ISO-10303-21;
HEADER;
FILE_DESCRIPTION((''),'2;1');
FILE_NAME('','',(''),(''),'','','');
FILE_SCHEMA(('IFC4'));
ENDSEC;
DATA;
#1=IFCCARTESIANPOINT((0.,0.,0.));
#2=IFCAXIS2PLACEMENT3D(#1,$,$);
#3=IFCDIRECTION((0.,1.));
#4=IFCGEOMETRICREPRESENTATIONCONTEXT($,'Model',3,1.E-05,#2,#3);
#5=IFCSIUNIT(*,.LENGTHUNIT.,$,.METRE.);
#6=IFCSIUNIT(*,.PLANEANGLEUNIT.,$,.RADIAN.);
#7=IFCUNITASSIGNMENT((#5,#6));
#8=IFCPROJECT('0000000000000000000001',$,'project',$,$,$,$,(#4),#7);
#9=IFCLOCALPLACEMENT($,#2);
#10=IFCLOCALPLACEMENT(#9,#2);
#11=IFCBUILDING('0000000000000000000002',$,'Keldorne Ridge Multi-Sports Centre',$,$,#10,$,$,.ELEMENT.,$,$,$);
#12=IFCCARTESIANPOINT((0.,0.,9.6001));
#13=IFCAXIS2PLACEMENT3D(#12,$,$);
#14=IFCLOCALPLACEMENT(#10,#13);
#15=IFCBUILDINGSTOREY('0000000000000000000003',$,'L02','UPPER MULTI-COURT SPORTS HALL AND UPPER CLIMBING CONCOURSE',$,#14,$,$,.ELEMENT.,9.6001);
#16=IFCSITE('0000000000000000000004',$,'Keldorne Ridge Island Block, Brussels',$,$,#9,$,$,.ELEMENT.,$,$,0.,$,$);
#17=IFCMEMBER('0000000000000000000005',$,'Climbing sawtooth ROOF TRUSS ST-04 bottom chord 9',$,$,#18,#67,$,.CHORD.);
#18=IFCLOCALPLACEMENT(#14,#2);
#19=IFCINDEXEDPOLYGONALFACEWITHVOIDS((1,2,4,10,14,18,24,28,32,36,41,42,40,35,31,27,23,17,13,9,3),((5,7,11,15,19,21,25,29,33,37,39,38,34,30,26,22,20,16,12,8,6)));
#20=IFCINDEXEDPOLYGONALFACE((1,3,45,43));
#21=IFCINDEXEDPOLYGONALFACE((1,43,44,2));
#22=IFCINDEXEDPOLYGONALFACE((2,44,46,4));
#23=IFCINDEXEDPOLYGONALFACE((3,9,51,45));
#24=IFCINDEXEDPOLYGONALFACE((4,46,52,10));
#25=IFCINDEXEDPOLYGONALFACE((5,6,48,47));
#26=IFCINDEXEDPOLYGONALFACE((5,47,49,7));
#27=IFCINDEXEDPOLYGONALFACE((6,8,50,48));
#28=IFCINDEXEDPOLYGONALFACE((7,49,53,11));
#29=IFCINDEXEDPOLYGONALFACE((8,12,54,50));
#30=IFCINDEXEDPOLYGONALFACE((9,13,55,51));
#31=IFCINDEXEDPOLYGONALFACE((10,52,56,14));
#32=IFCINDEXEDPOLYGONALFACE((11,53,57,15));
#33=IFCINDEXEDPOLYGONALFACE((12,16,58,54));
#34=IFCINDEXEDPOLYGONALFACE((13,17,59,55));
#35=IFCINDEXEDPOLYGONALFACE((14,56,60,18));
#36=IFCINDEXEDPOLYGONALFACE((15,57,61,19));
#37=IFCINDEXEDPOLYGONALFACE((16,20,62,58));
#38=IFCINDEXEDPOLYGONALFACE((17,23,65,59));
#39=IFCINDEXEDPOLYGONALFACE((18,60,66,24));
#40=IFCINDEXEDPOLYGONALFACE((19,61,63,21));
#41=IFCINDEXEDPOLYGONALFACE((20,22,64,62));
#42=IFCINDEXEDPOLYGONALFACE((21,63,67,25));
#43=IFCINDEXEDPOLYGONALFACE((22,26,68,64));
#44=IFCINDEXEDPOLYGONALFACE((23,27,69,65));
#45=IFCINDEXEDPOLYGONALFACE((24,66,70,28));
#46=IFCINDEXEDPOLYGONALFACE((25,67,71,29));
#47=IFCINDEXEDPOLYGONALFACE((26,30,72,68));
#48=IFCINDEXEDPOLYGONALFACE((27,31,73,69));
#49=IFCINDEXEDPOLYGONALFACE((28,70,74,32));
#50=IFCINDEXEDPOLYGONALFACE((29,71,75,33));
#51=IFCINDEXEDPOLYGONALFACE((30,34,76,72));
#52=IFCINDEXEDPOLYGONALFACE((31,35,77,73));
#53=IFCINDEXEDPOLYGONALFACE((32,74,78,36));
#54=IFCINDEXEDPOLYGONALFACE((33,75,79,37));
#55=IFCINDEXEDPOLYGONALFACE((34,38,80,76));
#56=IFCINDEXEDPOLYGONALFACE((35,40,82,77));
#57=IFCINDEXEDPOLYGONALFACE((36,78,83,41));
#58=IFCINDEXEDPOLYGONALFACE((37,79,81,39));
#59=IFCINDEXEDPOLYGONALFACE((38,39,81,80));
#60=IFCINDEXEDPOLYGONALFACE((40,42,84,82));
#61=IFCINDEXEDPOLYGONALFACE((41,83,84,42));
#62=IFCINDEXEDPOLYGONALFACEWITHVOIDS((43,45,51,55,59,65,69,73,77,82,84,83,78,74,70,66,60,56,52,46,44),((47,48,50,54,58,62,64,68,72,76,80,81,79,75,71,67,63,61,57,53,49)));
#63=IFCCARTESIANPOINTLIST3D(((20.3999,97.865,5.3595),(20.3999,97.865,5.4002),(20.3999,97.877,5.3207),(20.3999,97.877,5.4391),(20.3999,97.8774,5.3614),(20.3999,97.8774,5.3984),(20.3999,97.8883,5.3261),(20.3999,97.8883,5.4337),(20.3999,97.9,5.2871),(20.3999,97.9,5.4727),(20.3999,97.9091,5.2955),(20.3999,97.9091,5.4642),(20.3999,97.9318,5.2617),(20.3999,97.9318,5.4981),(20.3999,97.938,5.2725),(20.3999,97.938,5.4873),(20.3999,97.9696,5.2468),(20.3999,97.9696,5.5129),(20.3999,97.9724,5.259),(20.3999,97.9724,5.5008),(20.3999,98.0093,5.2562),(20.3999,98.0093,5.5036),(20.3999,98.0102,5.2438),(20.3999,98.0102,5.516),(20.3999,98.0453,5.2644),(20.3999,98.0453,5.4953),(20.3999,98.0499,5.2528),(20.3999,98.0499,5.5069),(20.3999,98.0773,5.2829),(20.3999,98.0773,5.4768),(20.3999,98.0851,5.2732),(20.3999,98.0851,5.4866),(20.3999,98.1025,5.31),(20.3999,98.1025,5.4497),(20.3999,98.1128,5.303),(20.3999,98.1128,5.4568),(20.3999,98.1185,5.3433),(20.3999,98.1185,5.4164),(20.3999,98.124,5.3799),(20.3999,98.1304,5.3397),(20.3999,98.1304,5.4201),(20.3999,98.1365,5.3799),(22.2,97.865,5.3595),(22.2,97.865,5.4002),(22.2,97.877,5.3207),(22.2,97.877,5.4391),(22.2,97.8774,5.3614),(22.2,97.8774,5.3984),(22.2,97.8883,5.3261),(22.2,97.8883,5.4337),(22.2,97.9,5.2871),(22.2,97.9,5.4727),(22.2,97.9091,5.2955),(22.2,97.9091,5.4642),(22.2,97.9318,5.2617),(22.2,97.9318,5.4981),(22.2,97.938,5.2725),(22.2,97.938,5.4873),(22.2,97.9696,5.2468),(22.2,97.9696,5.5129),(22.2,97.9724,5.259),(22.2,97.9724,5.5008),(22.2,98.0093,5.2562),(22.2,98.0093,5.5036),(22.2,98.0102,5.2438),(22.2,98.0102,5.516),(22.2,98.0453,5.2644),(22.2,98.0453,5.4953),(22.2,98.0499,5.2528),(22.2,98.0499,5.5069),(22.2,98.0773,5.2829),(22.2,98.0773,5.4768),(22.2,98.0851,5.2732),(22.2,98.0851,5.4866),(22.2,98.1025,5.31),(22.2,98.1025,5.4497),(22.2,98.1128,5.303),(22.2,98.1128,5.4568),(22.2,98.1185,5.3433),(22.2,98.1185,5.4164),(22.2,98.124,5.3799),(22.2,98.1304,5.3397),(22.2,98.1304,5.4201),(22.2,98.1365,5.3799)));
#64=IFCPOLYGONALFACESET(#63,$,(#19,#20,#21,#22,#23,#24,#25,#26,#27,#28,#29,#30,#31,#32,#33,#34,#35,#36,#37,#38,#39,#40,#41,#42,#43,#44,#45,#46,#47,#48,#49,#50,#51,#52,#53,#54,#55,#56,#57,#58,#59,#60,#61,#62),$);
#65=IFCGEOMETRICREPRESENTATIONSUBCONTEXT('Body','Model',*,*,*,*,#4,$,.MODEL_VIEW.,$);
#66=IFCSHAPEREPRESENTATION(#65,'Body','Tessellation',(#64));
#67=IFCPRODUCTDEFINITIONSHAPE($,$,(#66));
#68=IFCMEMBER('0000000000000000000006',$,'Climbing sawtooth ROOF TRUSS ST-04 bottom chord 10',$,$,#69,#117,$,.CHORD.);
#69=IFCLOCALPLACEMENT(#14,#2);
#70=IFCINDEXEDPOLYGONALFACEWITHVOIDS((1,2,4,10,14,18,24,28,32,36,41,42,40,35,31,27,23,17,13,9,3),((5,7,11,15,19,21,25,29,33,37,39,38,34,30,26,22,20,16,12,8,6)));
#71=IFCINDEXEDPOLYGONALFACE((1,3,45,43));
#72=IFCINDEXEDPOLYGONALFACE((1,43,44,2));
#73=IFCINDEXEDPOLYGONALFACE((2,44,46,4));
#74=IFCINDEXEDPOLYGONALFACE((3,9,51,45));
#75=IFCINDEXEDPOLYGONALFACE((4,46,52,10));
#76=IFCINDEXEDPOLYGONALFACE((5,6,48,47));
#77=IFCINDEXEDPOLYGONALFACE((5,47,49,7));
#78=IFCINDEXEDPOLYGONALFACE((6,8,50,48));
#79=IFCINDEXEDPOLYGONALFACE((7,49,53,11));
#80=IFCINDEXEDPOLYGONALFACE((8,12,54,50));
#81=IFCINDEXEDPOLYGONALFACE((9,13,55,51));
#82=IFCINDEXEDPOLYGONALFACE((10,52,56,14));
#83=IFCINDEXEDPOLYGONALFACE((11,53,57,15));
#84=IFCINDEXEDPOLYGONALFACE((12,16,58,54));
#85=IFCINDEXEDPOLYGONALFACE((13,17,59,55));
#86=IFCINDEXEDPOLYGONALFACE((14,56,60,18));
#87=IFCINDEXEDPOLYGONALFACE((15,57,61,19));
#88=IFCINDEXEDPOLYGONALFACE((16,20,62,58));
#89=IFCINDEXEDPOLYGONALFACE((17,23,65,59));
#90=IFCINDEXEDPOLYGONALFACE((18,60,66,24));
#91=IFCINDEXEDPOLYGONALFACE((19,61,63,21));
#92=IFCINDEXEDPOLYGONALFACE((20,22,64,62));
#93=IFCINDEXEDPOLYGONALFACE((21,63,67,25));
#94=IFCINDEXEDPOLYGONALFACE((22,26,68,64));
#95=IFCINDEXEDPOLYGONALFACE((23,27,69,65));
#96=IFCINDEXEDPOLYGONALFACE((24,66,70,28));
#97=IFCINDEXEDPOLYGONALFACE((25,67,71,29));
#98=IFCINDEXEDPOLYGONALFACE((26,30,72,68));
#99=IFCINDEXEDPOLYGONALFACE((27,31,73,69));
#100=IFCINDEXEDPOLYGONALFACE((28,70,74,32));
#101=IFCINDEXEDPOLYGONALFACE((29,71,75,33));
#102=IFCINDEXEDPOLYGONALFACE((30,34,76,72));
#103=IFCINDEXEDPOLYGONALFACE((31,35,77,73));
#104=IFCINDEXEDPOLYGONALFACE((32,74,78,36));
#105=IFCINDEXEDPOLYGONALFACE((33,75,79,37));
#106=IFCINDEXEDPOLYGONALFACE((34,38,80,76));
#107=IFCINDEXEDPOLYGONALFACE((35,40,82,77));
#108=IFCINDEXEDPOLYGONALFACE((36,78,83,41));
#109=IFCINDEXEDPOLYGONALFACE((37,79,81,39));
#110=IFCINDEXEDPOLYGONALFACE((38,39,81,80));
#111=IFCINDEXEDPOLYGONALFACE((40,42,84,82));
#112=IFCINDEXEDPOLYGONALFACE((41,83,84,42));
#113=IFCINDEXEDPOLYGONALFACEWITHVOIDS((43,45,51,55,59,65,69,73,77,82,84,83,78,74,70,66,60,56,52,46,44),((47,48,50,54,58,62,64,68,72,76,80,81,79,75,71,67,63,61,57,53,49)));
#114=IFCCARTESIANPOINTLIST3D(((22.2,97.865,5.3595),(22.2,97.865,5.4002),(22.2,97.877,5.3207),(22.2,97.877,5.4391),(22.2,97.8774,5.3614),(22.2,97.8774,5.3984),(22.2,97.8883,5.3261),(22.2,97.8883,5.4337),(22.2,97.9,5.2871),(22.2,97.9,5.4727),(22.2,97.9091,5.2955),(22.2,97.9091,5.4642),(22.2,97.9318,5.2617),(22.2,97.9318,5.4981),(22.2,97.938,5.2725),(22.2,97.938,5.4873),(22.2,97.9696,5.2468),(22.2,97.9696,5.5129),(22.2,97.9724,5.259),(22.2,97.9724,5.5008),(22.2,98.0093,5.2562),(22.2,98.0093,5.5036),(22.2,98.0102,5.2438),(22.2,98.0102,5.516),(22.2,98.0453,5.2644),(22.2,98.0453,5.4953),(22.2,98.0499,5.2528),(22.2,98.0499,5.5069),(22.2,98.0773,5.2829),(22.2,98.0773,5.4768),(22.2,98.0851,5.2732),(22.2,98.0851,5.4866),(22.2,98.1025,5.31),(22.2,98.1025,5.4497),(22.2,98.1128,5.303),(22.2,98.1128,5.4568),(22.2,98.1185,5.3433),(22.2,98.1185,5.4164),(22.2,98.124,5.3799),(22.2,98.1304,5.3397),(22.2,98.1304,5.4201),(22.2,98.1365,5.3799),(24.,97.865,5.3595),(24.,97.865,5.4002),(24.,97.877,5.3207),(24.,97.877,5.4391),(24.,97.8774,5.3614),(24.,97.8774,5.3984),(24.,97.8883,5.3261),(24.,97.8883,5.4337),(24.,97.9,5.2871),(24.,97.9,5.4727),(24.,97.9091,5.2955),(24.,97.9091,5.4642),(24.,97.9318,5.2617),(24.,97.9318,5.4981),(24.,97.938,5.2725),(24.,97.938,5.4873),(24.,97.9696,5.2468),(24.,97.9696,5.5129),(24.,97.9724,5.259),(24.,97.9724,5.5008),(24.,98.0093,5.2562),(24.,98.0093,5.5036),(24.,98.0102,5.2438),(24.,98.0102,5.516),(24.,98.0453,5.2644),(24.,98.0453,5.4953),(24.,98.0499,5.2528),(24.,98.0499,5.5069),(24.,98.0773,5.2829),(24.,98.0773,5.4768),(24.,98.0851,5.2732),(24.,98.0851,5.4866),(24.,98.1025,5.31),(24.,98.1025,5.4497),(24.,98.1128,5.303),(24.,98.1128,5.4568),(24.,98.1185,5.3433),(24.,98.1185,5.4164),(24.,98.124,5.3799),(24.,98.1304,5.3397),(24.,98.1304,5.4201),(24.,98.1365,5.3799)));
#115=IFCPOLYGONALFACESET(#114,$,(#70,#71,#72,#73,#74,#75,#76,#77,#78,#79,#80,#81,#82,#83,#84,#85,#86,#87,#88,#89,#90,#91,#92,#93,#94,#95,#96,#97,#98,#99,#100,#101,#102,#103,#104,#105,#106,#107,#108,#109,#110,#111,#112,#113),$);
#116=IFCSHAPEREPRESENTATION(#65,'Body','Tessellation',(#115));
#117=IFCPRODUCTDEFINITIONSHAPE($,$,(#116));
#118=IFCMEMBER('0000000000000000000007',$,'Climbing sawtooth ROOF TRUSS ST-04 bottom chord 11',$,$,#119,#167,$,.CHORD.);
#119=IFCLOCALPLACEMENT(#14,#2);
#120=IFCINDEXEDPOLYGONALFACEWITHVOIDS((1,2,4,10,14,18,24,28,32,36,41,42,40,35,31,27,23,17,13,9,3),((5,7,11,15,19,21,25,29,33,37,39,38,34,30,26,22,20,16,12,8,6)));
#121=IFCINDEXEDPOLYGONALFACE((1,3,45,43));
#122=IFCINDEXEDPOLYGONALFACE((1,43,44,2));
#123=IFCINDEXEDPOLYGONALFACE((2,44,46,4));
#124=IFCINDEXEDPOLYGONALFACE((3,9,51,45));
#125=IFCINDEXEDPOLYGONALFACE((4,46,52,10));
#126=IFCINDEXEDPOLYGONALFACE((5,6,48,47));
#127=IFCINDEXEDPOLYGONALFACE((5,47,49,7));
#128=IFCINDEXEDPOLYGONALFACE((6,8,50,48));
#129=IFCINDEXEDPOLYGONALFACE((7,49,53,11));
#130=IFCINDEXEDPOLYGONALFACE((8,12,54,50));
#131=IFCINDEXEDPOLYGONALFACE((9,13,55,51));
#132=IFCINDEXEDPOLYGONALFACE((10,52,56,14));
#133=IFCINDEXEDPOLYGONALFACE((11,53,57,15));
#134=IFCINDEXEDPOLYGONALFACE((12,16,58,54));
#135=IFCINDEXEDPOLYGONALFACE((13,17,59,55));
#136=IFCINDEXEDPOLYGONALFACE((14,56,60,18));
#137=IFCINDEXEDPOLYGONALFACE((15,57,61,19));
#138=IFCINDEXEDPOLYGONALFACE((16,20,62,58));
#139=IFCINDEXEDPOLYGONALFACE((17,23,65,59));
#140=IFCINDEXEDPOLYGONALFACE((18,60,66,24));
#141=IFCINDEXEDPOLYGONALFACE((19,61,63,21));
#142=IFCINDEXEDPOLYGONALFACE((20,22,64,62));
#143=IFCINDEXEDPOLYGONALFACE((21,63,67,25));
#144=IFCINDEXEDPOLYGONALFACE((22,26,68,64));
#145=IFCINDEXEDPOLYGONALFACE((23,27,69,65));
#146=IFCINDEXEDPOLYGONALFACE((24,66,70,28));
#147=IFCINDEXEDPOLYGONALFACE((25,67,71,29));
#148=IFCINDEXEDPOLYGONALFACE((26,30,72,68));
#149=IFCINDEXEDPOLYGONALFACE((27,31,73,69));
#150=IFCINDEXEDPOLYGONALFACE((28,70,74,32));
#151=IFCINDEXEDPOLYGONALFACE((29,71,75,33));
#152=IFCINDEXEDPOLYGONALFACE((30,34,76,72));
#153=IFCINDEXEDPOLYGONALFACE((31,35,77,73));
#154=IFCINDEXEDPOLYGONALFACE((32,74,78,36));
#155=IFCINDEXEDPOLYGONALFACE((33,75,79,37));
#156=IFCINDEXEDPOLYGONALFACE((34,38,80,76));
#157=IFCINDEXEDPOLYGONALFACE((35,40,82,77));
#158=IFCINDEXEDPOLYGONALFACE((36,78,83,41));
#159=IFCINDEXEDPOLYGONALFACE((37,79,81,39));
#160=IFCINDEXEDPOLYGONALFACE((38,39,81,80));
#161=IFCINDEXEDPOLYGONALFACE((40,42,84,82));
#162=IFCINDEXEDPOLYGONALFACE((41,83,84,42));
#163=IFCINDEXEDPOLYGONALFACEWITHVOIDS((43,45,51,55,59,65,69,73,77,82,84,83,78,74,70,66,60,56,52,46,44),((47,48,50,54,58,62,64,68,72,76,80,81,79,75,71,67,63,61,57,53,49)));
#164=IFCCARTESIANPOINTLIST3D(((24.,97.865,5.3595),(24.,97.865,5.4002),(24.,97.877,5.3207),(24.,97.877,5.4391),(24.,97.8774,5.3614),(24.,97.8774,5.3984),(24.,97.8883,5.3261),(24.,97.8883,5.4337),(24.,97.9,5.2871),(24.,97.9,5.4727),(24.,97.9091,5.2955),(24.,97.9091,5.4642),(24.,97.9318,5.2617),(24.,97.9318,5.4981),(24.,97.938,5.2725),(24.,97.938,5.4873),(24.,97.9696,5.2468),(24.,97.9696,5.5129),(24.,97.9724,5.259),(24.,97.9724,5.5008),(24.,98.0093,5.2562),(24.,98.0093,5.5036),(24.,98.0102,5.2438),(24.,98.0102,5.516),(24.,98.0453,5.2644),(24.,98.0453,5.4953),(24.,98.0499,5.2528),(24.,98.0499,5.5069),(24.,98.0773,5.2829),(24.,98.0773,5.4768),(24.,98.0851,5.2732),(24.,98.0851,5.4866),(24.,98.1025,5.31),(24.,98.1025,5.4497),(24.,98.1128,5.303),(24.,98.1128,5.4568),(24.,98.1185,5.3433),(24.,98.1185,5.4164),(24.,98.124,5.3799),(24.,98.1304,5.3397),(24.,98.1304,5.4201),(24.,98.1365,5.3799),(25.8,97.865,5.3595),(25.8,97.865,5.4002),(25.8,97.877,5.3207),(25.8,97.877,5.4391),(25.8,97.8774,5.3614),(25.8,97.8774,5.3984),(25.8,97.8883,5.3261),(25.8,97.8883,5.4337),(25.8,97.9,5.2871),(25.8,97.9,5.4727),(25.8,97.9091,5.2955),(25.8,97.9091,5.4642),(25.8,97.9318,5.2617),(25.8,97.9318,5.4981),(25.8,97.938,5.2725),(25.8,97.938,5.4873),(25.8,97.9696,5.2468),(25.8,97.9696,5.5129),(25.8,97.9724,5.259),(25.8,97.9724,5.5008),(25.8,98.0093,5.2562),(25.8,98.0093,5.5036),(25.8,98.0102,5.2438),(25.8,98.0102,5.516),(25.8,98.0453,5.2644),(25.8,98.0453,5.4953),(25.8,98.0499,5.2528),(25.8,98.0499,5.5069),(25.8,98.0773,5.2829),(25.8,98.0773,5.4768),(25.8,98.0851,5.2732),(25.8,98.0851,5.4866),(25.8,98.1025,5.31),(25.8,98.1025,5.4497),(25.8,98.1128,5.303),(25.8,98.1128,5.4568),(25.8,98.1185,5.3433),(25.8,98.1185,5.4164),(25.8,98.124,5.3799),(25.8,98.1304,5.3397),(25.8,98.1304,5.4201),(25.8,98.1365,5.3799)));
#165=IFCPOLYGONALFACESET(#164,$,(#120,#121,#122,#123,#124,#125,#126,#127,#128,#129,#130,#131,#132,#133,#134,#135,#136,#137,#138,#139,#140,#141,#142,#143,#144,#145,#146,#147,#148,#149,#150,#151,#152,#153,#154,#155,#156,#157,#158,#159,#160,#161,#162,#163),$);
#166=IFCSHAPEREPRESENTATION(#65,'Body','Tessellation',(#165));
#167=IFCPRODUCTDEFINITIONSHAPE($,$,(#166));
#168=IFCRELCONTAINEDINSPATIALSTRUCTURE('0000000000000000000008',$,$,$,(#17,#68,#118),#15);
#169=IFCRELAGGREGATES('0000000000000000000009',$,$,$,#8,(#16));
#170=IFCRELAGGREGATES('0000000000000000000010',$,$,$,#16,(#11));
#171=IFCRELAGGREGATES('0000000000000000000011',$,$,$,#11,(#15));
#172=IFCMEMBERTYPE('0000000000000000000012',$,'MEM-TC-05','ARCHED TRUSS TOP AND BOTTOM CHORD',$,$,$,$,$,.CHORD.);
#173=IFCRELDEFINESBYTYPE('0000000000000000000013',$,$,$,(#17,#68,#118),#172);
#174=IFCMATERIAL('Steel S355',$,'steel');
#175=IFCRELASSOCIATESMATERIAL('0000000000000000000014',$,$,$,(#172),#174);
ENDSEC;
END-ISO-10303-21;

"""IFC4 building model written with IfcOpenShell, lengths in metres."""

from ifc_helpers import new_model, si_unit, direction, frame, origin, origin_2d, place, context, subcontext, project, spatial, hollow_circle, extrude, material, material_profile, profile_set, type_object, element, save


model = new_model("IFC4")

# Units and contexts
model_context = context("Model", 3, precision=1e-05, world=origin(), true_north=direction((0.0, 1.0)))
body_context = subcontext(model_context, "Body", "Model", "MODEL_VIEW")
ifc_project = project(units=[si_unit("LENGTHUNIT", "METRE"), si_unit("PLANEANGLEUNIT", "RADIAN")], contexts=[model_context])

# Site, building, storey
site_placement = place(None, origin())
site = spatial("IfcSite", under=ifc_project, at=site_placement, Name="Keldorne Ridge Island Block, Brussels", CompositionType="ELEMENT", RefElevation=0.0)
building_placement = place(site_placement, origin())
building = spatial("IfcBuilding", under=site, at=building_placement, Name="Keldorne Ridge Multi-Sports Centre", CompositionType="ELEMENT")
storey_placement = place(building_placement, frame((0.0, 0.0, 9.6001)))
storey = spatial("IfcBuildingStorey", under=building, at=storey_placement, Name="L02", Description="UPPER MULTI-COURT SPORTS HALL AND UPPER CLIMBING CONCOURSE", CompositionType="ELEMENT", Elevation=9.6001)

# Shared definitions
ifc_material = material(Name="Steel S355", Category="steel")

# Members
ifc_material_profile_1 = material_profile(ifc_material, hollow_circle(Radius=0.1365, WallThickness=0.0125, at=origin_2d()), Name="CHS 273x12.5")
ifc_profile_set_1 = profile_set([ifc_material_profile_1], Name="Steel S355")
member_type_1 = type_object("IfcMemberType", Name="MEM-TC-05", Description="ARCHED TRUSS TOP AND BOTTOM CHORD", PredefinedType="CHORD", material=ifc_profile_set_1)
for number, where, z_axis, x_axis, name in (
    (1, (20.3999, 98.0, 5.3799), (1.0, 0.0, 0.0), (0.0, 1.0, 0.0), "Climbing sawtooth ROOF TRUSS ST-04 bottom chord 9"),
    (2, (22.2, 98.0, 5.3799), (1.0, 0.0, 0.0), (0.0, 1.0, 0.0), "Climbing sawtooth ROOF TRUSS ST-04 bottom chord 10"),
    (3, (24.0, 98.0, 5.3799), (1.0, 0.0, 0.0), (0.0, 1.0, 0.0), "Climbing sawtooth ROOF TRUSS ST-04 bottom chord 11"),
):
    element("IfcMember", number, at=place(storey_placement, frame(where, z_axis=z_axis, x_axis=x_axis)), inside=storey, type_object=member_type_1, Name=name, PredefinedType="CHORD", context=body_context, shape_type="SweptSolid", body=[
        extrude(hollow_circle(Radius=0.1365, WallThickness=0.0125, at=origin_2d()), origin(), (0.0, 0.0, 1.0), 1.8),
    ])

save(model, "model.ifc")
